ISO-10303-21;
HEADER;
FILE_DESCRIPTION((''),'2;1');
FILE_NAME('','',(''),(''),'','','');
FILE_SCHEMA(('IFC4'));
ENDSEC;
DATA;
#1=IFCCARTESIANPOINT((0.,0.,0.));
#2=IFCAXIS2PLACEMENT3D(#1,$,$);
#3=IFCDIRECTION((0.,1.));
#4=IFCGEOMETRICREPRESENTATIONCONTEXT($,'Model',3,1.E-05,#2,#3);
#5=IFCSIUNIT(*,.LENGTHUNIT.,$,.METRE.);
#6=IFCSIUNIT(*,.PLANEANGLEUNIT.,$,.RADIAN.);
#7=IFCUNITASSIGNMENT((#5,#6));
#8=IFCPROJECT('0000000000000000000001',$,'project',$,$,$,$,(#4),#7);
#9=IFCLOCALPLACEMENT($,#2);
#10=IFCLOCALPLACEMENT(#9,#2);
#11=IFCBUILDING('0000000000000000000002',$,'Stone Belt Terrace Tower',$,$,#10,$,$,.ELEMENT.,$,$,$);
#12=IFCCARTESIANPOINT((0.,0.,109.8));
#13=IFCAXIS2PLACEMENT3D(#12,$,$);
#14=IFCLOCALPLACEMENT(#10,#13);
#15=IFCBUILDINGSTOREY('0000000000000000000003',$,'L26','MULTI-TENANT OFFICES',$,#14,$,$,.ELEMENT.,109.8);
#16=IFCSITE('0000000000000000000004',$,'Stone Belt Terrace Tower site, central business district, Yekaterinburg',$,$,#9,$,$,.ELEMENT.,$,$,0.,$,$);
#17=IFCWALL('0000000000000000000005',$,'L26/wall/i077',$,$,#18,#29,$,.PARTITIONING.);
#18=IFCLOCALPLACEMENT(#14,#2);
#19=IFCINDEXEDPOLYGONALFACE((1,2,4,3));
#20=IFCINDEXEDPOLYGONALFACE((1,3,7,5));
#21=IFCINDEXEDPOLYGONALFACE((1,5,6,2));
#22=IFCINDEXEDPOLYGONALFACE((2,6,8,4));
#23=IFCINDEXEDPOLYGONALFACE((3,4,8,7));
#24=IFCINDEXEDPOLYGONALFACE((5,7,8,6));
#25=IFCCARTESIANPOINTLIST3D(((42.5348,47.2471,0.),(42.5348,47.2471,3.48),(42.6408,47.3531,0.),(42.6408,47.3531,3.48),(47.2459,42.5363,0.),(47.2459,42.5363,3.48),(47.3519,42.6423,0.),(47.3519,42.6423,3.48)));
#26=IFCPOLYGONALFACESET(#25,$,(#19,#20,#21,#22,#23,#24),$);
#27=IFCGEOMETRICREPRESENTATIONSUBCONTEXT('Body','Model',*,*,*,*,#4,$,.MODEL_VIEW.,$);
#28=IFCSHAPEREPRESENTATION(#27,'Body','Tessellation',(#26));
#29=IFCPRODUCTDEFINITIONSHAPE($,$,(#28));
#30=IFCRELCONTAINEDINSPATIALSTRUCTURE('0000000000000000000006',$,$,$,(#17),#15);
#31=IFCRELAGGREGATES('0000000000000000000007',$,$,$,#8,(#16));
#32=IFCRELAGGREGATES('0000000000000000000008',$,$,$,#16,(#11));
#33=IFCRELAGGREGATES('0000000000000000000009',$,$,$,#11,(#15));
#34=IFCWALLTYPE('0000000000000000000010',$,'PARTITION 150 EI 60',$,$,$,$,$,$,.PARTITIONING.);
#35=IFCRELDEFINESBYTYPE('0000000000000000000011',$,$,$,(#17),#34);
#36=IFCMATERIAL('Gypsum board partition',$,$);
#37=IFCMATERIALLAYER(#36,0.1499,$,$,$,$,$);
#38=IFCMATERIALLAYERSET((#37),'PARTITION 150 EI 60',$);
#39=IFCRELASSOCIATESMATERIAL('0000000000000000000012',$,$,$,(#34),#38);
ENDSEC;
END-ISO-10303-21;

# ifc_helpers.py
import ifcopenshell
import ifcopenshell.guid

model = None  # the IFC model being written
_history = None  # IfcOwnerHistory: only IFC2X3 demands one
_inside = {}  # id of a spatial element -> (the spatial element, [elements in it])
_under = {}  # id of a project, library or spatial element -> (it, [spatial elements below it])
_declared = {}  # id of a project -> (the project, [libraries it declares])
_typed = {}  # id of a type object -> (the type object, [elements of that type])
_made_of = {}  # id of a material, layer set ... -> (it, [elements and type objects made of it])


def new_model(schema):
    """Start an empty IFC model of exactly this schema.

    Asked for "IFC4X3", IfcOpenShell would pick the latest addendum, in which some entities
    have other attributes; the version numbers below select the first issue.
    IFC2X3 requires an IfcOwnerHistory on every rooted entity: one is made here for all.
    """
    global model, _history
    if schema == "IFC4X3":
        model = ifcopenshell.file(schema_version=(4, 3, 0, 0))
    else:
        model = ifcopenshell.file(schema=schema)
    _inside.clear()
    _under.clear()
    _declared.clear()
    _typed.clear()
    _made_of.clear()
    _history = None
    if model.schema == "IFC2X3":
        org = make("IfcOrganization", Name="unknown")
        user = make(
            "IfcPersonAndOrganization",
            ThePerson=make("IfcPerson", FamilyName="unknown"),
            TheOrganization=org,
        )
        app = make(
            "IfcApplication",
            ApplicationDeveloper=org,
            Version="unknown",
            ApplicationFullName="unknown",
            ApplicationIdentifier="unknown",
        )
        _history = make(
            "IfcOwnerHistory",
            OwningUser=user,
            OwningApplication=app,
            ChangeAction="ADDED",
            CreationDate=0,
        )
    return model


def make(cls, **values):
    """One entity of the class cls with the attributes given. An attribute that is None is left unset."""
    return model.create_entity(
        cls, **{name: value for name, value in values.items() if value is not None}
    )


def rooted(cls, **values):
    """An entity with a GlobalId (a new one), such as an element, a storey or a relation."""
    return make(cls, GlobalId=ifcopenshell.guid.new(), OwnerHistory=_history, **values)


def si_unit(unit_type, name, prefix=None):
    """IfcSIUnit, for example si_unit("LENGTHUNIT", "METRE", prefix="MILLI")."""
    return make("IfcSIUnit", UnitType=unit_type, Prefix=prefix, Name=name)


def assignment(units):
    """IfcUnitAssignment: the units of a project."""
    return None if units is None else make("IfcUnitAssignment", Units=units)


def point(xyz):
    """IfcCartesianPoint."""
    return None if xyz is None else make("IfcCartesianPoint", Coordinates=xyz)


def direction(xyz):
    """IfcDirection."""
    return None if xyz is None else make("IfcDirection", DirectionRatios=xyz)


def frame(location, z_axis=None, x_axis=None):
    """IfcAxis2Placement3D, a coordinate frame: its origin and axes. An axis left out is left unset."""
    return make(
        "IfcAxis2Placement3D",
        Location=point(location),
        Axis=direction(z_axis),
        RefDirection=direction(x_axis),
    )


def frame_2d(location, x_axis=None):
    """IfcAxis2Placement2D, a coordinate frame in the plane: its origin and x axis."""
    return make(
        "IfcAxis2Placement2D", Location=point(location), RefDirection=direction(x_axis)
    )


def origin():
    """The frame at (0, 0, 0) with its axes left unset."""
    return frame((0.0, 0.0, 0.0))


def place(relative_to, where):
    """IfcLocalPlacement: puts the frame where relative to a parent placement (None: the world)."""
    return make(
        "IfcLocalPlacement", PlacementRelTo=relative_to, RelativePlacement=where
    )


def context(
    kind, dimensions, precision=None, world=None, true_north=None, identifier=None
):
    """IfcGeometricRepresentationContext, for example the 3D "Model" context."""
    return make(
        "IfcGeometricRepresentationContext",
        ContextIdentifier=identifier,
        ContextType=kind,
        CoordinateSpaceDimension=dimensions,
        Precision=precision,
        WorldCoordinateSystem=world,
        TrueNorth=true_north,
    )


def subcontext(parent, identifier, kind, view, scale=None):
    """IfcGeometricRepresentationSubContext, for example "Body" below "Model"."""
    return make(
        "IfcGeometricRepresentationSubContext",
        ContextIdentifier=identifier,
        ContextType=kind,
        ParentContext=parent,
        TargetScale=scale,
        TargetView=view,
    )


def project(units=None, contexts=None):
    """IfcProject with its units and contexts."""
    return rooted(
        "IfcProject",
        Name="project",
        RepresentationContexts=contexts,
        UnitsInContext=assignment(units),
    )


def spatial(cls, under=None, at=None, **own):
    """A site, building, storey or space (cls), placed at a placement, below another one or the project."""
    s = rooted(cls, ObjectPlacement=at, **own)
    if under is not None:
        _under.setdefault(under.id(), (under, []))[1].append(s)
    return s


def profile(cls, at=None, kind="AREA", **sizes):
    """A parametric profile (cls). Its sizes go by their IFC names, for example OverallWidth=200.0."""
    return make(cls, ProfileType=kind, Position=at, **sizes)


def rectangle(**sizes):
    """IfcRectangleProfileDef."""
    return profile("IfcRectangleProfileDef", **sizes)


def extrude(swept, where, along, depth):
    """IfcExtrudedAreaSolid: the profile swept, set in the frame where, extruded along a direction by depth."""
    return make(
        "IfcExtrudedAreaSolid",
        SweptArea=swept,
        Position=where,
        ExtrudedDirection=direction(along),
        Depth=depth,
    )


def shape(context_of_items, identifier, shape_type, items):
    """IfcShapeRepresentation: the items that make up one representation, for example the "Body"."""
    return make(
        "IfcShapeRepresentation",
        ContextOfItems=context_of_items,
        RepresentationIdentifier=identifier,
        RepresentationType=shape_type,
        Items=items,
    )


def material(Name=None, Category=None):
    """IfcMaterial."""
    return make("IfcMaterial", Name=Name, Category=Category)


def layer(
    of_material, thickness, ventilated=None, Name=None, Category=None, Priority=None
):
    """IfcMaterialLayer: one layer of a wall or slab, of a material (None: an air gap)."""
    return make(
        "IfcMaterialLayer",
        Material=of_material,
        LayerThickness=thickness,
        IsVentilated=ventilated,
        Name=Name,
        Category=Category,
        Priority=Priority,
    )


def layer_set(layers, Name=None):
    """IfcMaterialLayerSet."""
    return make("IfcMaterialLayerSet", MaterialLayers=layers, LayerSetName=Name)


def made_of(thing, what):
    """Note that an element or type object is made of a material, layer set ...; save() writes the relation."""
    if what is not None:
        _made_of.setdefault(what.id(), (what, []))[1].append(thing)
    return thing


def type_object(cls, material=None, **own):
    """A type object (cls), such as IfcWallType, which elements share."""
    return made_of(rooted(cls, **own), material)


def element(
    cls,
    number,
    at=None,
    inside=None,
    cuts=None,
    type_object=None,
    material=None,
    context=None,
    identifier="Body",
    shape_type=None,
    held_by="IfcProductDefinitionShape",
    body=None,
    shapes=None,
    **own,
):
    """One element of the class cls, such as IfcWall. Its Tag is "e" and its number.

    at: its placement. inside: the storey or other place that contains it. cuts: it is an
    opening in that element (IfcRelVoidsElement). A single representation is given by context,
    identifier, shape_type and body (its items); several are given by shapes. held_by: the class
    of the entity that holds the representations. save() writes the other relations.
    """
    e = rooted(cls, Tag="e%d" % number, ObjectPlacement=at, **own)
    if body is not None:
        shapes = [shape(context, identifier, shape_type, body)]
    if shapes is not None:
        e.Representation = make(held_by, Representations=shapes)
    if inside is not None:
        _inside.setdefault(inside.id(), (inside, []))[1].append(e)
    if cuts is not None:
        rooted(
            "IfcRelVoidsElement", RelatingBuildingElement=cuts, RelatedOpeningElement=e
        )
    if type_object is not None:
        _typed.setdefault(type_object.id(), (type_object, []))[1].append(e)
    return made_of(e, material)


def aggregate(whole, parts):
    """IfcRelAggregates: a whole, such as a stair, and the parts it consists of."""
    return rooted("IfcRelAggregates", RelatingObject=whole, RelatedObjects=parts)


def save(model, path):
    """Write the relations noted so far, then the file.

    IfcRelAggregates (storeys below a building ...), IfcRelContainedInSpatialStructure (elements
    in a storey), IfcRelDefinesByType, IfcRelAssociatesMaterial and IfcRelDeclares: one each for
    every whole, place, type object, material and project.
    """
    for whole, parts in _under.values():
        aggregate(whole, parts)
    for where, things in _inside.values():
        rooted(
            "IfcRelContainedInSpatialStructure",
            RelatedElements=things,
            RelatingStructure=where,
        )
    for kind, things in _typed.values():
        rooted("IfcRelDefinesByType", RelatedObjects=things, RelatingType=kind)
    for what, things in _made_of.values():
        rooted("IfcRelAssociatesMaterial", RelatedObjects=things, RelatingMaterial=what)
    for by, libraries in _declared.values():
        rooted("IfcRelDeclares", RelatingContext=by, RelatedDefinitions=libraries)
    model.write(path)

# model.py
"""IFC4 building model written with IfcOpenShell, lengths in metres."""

from ifc_helpers import new_model, si_unit, direction, frame, frame_2d, origin, place, context, subcontext, project, spatial, rectangle, extrude, material, layer, layer_set, type_object, element, save


model = new_model("IFC4")

# Units and contexts
model_context = context("Model", 3, precision=1e-05, world=origin(), true_north=direction((0.0, 1.0)))
body_context = subcontext(model_context, "Body", "Model", "MODEL_VIEW")
ifc_project = project(units=[si_unit("LENGTHUNIT", "METRE"), si_unit("PLANEANGLEUNIT", "RADIAN")], contexts=[model_context])

# Site, building, storey
site_placement = place(None, origin())
site = spatial("IfcSite", under=ifc_project, at=site_placement, Name="Stone Belt Terrace Tower site, central business district, Yekaterinburg", CompositionType="ELEMENT", RefElevation=0.0)
building_placement = place(site_placement, origin())
building = spatial("IfcBuilding", under=site, at=building_placement, Name="Stone Belt Terrace Tower", CompositionType="ELEMENT")
storey_placement = place(building_placement, frame((0.0, 0.0, 109.8)))
storey = spatial("IfcBuildingStorey", under=building, at=storey_placement, Name="L26", Description="MULTI-TENANT OFFICES", CompositionType="ELEMENT", Elevation=109.8)

# Shared definitions
ifc_material_1 = material(Name="Gypsum board partition")
ifc_layer_1 = layer(ifc_material_1, 0.1499)
ifc_layer_set_1 = layer_set([ifc_layer_1], Name="PARTITION 150 EI 60")
wall_type = type_object("IfcWallType", Name="PARTITION 150 EI 60", PredefinedType="PARTITIONING", material=ifc_layer_set_1)

# Wall
wall_1_placement = place(storey_placement, frame((42.5879, 47.3, 0.0), z_axis=(0.0, 0.0, 1.0), x_axis=(0.707125, -0.707088, 0.0)))
element("IfcWall", 1, at=wall_1_placement, inside=storey, type_object=wall_type, Name="L26/wall/i077", PredefinedType="PARTITIONING", context=body_context, shape_type="SweptSolid", body=[
    extrude(rectangle(XDim=6.6624, YDim=0.1499, at=frame_2d((3.3311, 0.0))), origin(), (0.0, 0.0, 1.0), 3.48),
])

save(model, "model.ifc")
